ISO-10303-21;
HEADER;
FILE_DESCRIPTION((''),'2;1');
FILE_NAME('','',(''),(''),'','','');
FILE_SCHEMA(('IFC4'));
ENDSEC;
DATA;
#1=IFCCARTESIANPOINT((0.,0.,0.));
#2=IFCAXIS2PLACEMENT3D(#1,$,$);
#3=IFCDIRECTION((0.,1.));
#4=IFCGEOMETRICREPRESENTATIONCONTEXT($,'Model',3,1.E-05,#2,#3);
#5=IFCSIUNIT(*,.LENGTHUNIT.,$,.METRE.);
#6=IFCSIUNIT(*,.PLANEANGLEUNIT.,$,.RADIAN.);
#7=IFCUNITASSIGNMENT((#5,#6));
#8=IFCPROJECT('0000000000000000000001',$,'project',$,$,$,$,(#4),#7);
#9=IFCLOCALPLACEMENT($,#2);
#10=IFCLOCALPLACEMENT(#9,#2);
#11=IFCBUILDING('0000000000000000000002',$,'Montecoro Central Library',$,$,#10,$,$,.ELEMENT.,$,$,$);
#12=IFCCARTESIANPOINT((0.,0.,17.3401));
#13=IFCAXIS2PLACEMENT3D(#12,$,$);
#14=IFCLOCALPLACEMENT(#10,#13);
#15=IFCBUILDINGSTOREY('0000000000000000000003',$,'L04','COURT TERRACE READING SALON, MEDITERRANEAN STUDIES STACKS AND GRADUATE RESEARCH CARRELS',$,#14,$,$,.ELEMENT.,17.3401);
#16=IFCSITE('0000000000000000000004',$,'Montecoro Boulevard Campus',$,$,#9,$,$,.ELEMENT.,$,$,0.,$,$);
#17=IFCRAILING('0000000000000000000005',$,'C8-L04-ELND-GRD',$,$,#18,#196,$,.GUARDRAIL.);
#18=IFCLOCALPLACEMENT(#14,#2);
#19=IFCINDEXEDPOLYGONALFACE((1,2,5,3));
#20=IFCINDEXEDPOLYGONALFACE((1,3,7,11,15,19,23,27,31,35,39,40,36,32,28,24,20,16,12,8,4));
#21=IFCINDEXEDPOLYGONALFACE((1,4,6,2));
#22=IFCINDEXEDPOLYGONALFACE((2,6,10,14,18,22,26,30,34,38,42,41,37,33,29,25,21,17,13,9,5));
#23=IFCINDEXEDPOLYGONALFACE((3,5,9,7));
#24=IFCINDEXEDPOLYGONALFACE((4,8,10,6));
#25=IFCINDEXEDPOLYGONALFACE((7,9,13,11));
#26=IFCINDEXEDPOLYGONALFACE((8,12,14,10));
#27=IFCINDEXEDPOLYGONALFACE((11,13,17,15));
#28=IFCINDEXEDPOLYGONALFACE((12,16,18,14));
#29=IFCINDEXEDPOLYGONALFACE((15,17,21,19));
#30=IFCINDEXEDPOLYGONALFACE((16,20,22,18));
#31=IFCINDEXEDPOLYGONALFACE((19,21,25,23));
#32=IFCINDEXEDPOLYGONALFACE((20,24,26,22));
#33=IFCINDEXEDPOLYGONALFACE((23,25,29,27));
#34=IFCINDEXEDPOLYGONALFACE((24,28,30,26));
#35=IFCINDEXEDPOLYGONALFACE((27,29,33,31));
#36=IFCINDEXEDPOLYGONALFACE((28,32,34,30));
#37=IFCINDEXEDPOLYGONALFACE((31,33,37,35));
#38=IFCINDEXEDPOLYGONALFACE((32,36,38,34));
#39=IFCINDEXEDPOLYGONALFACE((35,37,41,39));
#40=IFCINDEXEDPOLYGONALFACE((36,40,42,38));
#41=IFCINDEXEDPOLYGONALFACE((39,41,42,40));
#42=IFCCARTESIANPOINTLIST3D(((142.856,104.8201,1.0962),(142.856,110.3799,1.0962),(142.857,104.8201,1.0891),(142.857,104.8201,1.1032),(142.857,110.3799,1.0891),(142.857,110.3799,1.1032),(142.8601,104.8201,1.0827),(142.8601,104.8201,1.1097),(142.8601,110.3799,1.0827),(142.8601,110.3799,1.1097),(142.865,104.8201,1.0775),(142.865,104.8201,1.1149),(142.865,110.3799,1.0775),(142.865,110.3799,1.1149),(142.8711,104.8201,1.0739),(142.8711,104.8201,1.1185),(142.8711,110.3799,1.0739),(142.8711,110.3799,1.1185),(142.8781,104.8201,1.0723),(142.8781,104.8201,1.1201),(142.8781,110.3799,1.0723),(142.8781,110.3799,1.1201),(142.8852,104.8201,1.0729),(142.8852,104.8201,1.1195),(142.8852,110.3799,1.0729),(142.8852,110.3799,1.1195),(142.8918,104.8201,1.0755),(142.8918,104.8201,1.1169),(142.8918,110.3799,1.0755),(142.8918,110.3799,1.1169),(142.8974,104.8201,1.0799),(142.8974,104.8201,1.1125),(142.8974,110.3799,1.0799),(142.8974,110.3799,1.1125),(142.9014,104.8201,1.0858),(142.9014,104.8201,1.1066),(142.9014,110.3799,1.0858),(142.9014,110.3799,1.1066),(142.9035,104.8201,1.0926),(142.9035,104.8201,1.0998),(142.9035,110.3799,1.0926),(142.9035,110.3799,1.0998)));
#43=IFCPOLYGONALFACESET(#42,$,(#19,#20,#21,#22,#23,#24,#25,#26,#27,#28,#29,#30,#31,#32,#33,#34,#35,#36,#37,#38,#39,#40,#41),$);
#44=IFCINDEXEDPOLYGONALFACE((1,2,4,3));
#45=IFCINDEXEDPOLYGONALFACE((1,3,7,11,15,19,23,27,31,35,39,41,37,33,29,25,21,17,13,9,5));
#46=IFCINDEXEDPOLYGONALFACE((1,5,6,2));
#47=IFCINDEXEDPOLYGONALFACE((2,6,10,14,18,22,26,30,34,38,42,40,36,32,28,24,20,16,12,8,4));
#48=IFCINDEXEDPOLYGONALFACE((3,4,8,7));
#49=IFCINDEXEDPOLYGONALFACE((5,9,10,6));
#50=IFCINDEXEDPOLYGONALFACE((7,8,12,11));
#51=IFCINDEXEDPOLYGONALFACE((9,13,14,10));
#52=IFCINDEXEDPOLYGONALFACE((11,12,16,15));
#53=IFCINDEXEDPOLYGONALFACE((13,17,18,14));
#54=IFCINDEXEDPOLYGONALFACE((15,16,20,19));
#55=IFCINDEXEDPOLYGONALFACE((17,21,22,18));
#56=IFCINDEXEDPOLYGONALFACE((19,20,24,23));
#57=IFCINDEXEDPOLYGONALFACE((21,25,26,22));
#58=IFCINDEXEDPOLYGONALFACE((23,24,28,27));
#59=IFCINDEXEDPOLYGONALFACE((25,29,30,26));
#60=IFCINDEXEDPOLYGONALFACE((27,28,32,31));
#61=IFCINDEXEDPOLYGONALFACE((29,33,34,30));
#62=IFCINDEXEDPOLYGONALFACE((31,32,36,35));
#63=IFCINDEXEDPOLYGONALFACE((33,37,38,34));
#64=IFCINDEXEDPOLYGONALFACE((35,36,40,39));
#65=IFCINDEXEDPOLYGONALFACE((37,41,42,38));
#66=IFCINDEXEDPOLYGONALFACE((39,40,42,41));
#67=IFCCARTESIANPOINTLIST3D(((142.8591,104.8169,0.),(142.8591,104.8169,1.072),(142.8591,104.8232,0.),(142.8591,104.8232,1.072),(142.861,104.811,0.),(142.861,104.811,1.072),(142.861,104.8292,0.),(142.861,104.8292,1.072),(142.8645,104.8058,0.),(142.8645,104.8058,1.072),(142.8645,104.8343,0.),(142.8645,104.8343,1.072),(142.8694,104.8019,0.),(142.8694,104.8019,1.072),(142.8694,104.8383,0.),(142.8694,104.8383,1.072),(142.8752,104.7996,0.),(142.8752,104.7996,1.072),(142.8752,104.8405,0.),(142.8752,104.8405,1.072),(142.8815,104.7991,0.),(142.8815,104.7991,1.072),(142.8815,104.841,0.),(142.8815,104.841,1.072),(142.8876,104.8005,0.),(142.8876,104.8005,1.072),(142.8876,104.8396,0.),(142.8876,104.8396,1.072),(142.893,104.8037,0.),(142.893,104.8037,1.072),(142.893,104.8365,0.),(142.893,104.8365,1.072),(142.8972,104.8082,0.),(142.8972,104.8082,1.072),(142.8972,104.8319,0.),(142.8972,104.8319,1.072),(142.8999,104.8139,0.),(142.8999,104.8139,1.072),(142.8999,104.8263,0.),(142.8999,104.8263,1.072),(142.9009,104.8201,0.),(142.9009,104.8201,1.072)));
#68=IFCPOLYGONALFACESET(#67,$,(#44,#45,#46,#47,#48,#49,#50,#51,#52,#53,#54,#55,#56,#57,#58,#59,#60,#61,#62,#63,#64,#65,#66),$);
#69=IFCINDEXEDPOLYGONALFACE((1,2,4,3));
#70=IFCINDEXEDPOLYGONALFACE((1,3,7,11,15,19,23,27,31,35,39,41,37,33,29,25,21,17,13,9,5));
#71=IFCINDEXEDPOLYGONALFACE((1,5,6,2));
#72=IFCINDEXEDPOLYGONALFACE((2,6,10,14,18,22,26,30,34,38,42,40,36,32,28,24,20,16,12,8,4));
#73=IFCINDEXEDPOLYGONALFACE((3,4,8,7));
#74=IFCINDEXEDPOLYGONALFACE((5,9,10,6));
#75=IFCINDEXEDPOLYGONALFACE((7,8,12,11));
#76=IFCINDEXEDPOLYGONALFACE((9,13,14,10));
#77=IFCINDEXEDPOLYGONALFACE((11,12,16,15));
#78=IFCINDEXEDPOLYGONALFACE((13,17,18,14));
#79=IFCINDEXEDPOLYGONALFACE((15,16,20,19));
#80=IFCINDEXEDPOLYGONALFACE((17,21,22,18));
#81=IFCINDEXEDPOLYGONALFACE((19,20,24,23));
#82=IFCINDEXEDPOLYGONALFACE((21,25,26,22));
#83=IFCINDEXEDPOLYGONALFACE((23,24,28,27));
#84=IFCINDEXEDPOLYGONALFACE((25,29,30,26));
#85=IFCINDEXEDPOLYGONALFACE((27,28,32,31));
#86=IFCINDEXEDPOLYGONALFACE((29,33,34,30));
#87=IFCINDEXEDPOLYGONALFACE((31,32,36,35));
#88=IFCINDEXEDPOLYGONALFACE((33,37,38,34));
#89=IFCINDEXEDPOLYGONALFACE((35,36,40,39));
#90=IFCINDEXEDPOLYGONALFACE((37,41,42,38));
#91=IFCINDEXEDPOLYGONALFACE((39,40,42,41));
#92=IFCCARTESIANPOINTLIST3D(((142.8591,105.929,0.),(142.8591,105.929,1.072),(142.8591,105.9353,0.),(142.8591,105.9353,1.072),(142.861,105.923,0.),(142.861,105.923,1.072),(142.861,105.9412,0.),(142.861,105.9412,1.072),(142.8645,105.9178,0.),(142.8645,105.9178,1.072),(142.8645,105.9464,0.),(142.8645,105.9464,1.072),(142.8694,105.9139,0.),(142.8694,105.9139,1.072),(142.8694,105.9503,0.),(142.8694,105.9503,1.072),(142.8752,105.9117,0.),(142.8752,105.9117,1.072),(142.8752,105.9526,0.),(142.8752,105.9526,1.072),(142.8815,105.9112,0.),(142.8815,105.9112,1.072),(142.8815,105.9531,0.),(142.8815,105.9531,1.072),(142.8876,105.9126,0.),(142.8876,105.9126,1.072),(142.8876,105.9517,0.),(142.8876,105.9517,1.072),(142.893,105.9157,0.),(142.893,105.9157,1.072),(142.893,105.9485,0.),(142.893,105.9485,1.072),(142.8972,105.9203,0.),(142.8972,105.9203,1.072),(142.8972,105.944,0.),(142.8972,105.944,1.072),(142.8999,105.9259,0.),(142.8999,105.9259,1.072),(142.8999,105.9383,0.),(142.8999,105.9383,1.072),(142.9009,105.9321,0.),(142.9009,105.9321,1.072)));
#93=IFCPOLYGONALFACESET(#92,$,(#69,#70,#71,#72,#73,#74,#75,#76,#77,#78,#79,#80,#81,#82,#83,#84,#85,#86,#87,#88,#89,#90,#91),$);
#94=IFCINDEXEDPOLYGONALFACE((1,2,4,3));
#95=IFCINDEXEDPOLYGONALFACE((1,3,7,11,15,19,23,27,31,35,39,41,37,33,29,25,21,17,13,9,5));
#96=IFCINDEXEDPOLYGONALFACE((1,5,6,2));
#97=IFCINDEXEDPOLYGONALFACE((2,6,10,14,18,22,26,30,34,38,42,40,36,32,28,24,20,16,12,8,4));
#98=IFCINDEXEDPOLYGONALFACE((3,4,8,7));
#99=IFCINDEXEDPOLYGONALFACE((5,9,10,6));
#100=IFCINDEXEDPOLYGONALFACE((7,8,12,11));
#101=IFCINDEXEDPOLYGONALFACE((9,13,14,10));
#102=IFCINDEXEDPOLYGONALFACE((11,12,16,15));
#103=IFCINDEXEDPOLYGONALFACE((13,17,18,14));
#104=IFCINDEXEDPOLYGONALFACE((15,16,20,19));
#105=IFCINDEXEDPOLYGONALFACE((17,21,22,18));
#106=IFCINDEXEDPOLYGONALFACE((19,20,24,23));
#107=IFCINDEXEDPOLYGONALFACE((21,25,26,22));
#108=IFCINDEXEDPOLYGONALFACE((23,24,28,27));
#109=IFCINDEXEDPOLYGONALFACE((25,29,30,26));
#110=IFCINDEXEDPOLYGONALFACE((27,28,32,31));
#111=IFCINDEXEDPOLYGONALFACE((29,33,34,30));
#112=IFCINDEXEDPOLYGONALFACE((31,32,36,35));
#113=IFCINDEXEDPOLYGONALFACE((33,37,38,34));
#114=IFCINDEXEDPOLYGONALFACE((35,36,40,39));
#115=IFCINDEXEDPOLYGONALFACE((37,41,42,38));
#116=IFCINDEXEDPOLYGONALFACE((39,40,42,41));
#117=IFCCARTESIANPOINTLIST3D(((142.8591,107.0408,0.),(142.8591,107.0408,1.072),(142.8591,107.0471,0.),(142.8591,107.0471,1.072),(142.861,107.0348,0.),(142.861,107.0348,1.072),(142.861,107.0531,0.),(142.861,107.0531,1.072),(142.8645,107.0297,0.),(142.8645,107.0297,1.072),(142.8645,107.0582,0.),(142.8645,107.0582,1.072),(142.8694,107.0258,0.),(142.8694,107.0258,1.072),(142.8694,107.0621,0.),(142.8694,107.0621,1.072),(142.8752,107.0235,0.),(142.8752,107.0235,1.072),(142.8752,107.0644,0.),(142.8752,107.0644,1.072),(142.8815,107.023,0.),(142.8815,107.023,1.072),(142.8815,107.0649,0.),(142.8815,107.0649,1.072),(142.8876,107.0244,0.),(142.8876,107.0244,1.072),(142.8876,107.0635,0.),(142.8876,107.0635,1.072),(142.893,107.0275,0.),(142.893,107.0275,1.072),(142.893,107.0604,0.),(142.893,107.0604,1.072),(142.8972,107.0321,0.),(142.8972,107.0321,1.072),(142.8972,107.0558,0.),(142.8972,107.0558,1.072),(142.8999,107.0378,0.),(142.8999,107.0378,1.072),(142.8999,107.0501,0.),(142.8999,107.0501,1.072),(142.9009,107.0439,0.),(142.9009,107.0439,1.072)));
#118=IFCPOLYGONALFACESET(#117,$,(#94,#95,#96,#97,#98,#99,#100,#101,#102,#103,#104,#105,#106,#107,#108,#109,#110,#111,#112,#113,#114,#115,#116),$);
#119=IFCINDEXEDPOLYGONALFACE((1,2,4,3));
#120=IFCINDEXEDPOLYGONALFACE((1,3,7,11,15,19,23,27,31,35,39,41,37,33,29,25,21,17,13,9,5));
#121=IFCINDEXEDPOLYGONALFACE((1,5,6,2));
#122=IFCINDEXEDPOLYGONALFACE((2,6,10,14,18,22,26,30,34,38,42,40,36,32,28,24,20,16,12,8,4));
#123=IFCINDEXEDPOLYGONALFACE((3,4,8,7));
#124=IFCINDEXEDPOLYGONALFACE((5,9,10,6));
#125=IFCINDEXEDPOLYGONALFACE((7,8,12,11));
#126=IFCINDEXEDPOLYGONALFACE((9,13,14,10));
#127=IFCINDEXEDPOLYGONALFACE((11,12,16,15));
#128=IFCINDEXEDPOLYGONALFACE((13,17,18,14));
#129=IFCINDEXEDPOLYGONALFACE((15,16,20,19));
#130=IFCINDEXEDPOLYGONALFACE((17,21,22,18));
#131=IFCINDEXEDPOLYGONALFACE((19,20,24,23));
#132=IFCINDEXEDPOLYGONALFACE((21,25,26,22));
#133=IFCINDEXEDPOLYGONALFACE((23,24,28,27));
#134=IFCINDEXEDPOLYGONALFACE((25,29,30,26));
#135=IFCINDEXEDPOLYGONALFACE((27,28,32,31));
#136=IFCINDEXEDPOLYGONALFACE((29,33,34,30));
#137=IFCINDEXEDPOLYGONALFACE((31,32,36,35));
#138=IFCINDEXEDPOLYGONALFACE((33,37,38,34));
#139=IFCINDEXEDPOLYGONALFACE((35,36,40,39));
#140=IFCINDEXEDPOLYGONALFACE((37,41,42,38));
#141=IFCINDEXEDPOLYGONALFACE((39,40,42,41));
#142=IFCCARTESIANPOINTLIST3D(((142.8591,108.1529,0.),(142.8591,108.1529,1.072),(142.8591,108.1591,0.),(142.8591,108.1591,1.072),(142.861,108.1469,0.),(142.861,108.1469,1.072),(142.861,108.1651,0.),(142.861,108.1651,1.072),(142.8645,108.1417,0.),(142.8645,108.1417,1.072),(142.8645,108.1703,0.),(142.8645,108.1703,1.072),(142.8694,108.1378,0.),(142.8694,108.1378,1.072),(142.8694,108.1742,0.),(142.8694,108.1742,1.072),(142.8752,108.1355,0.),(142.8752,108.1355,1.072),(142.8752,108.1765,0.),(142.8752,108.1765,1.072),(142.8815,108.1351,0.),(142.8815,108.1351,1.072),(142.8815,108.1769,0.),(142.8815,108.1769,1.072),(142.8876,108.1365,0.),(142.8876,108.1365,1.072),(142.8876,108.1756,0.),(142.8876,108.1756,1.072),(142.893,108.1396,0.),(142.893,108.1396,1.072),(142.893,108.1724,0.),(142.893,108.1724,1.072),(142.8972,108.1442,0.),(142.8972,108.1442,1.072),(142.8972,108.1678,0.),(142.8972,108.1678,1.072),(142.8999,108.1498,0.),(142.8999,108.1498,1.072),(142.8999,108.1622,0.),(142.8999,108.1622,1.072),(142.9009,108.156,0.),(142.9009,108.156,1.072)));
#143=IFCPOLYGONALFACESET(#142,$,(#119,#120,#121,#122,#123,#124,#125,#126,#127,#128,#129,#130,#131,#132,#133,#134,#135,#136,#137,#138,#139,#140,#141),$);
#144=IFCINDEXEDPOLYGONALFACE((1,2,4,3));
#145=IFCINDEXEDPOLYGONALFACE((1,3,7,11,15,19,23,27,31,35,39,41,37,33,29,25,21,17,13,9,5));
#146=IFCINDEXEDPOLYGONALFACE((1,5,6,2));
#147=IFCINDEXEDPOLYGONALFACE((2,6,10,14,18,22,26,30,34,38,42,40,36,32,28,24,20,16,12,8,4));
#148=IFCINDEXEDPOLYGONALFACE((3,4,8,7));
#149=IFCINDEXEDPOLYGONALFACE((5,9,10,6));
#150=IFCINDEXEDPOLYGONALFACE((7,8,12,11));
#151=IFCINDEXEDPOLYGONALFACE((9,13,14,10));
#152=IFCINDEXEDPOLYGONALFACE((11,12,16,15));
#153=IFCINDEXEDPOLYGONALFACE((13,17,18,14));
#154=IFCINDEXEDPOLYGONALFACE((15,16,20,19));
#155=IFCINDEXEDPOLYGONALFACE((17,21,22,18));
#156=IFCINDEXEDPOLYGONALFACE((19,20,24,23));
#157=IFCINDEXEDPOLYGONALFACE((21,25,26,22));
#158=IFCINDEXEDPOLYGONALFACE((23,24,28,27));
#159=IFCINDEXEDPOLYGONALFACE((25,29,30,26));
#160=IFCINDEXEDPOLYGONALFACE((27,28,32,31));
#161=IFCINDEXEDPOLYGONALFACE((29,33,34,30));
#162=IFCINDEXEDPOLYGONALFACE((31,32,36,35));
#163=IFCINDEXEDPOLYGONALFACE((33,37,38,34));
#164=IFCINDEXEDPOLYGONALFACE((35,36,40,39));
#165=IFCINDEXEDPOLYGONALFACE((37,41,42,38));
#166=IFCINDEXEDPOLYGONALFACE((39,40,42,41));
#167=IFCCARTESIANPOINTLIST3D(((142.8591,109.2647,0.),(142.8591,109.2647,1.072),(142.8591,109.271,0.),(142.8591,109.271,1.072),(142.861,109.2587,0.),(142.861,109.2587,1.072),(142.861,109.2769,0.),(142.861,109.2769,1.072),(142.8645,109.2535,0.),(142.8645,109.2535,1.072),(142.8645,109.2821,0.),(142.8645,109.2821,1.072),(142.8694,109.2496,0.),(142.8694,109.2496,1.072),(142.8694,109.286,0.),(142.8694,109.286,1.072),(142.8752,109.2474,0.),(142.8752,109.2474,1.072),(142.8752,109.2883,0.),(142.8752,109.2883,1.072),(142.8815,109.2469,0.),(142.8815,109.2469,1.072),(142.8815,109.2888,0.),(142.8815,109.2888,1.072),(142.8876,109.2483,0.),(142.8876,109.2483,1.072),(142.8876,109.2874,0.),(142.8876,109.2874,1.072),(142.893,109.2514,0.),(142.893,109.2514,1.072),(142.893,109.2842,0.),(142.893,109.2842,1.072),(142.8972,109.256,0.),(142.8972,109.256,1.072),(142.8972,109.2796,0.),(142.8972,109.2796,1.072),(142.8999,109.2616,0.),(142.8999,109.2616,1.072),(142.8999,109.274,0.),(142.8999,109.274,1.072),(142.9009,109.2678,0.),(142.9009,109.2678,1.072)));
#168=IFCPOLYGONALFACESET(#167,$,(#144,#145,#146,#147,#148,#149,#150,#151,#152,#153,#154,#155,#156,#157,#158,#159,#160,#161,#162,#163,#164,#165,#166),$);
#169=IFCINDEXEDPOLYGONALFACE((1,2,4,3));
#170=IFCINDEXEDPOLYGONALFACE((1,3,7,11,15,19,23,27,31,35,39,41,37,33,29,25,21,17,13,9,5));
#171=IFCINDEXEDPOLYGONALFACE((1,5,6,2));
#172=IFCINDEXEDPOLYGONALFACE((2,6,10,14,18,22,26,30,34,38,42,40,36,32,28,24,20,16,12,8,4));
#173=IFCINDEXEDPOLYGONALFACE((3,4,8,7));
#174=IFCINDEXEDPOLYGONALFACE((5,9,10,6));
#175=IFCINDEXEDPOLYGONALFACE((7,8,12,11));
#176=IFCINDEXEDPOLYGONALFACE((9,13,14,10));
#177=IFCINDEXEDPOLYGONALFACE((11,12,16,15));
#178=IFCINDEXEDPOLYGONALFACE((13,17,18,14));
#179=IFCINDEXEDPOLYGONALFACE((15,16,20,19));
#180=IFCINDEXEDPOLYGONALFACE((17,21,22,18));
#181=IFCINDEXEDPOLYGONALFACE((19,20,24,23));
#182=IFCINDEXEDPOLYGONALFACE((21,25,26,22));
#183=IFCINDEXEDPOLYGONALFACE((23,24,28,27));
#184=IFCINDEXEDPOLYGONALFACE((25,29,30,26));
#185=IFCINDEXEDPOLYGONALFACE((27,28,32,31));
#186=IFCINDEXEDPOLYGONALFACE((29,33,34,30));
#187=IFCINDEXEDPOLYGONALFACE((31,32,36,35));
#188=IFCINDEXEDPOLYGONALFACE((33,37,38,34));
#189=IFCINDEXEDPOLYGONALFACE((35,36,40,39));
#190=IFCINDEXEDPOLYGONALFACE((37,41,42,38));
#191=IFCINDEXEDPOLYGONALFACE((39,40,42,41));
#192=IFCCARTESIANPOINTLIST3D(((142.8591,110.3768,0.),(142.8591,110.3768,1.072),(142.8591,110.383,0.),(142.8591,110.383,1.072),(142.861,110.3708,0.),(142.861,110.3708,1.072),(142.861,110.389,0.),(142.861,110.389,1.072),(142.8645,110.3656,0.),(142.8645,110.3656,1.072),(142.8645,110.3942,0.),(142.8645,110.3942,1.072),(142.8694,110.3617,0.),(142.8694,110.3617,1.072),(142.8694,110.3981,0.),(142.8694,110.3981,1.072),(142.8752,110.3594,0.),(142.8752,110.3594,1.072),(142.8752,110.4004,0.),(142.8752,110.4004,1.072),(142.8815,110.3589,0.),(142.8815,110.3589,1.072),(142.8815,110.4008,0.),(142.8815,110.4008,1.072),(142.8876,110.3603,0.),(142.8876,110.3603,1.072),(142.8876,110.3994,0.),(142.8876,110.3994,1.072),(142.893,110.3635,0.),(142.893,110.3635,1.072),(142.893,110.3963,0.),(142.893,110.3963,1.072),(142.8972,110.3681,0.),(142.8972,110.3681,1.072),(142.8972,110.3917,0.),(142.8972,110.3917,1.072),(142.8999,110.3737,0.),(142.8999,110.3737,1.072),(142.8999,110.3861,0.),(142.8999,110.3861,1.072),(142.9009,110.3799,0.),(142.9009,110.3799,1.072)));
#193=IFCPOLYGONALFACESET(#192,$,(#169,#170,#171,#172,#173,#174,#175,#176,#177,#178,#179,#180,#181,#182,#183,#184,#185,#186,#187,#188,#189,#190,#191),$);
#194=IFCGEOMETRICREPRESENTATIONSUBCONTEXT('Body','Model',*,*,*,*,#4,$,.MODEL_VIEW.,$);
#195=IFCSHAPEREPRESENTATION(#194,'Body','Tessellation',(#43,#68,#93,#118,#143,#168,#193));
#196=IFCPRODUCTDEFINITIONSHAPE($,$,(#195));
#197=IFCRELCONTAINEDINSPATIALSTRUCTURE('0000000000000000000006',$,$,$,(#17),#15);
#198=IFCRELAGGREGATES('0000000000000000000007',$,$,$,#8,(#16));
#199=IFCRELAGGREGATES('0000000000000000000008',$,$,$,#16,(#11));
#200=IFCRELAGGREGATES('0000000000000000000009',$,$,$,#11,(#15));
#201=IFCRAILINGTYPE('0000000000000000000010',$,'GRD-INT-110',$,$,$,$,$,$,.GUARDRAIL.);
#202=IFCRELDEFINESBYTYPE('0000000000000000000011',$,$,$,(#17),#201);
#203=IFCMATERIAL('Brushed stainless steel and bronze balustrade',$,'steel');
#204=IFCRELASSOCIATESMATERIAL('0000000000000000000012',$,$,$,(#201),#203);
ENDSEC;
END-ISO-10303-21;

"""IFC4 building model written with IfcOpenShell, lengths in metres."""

from ifc_helpers import new_model, si_unit, direction, frame, origin, origin_2d, place, context, subcontext, project, spatial, circle, extrude, material, type_object, element, save


model = new_model("IFC4")

# Units and contexts
model_context = context("Model", 3, precision=1e-05, world=origin(), true_north=direction((0.0, 1.0)))
body_context = subcontext(model_context, "Body", "Model", "MODEL_VIEW")
ifc_project = project(units=[si_unit("LENGTHUNIT", "METRE"), si_unit("PLANEANGLEUNIT", "RADIAN")], contexts=[model_context])

# Site, building, storey
site_placement = place(None, origin())
site = spatial("IfcSite", under=ifc_project, at=site_placement, Name="Montecoro Boulevard Campus", CompositionType="ELEMENT", RefElevation=0.0)
building_placement = place(site_placement, origin())
building = spatial("IfcBuilding", under=site, at=building_placement, Name="Montecoro Central Library", CompositionType="ELEMENT")
storey_placement = place(building_placement, frame((0.0, 0.0, 17.3401)))
storey = spatial("IfcBuildingStorey", under=building, at=storey_placement, Name="L04", Description="COURT TERRACE READING SALON, MEDITERRANEAN STUDIES STACKS AND GRADUATE RESEARCH CARRELS", CompositionType="ELEMENT", Elevation=17.3401)

# Railing
ifc_material_1 = material(Name="Brushed stainless steel and bronze balustrade", Category="steel")
railing_type_1 = type_object("IfcRailingType", Name="GRD-INT-110", PredefinedType="GUARDRAIL", material=ifc_material_1)
railing_1_placement = place(storey_placement, frame((142.8799, 104.8201, 0.0)))
element("IfcRailing", 1, at=railing_1_placement, inside=storey, type_object=railing_type_1, Name="C8-L04-ELND-GRD", PredefinedType="GUARDRAIL", context=body_context, shape_type="SweptSolid", body=[
    extrude(circle(Radius=0.0239, at=origin_2d()), frame((0.0, 0.0, 1.0962), z_axis=(0.0, 1.0, 0.0), x_axis=(-1.0, 0.0, 0.0)), (0.0, 0.0, 1.0), 5.5598),
    extrude(circle(Radius=0.021, at=origin_2d()), origin(), (0.0, 0.0, 1.0), 1.072),
    extrude(circle(Radius=0.021, at=origin_2d()), frame((0.0, 1.1121, 0.0)), (0.0, 0.0, 1.0), 1.072),
    extrude(circle(Radius=0.021, at=origin_2d()), frame((0.0, 2.2239, 0.0)), (0.0, 0.0, 1.0), 1.072),
    extrude(circle(Radius=0.021, at=origin_2d()), frame((0.0, 3.3359, 0.0)), (0.0, 0.0, 1.0), 1.072),
    extrude(circle(Radius=0.021, at=origin_2d()), frame((0.0, 4.4478, 0.0)), (0.0, 0.0, 1.0), 1.072),
    extrude(circle(Radius=0.021, at=origin_2d()), frame((0.0, 5.5598, 0.0)), (0.0, 0.0, 1.0), 1.072),
])

save(model, "model.ifc")
